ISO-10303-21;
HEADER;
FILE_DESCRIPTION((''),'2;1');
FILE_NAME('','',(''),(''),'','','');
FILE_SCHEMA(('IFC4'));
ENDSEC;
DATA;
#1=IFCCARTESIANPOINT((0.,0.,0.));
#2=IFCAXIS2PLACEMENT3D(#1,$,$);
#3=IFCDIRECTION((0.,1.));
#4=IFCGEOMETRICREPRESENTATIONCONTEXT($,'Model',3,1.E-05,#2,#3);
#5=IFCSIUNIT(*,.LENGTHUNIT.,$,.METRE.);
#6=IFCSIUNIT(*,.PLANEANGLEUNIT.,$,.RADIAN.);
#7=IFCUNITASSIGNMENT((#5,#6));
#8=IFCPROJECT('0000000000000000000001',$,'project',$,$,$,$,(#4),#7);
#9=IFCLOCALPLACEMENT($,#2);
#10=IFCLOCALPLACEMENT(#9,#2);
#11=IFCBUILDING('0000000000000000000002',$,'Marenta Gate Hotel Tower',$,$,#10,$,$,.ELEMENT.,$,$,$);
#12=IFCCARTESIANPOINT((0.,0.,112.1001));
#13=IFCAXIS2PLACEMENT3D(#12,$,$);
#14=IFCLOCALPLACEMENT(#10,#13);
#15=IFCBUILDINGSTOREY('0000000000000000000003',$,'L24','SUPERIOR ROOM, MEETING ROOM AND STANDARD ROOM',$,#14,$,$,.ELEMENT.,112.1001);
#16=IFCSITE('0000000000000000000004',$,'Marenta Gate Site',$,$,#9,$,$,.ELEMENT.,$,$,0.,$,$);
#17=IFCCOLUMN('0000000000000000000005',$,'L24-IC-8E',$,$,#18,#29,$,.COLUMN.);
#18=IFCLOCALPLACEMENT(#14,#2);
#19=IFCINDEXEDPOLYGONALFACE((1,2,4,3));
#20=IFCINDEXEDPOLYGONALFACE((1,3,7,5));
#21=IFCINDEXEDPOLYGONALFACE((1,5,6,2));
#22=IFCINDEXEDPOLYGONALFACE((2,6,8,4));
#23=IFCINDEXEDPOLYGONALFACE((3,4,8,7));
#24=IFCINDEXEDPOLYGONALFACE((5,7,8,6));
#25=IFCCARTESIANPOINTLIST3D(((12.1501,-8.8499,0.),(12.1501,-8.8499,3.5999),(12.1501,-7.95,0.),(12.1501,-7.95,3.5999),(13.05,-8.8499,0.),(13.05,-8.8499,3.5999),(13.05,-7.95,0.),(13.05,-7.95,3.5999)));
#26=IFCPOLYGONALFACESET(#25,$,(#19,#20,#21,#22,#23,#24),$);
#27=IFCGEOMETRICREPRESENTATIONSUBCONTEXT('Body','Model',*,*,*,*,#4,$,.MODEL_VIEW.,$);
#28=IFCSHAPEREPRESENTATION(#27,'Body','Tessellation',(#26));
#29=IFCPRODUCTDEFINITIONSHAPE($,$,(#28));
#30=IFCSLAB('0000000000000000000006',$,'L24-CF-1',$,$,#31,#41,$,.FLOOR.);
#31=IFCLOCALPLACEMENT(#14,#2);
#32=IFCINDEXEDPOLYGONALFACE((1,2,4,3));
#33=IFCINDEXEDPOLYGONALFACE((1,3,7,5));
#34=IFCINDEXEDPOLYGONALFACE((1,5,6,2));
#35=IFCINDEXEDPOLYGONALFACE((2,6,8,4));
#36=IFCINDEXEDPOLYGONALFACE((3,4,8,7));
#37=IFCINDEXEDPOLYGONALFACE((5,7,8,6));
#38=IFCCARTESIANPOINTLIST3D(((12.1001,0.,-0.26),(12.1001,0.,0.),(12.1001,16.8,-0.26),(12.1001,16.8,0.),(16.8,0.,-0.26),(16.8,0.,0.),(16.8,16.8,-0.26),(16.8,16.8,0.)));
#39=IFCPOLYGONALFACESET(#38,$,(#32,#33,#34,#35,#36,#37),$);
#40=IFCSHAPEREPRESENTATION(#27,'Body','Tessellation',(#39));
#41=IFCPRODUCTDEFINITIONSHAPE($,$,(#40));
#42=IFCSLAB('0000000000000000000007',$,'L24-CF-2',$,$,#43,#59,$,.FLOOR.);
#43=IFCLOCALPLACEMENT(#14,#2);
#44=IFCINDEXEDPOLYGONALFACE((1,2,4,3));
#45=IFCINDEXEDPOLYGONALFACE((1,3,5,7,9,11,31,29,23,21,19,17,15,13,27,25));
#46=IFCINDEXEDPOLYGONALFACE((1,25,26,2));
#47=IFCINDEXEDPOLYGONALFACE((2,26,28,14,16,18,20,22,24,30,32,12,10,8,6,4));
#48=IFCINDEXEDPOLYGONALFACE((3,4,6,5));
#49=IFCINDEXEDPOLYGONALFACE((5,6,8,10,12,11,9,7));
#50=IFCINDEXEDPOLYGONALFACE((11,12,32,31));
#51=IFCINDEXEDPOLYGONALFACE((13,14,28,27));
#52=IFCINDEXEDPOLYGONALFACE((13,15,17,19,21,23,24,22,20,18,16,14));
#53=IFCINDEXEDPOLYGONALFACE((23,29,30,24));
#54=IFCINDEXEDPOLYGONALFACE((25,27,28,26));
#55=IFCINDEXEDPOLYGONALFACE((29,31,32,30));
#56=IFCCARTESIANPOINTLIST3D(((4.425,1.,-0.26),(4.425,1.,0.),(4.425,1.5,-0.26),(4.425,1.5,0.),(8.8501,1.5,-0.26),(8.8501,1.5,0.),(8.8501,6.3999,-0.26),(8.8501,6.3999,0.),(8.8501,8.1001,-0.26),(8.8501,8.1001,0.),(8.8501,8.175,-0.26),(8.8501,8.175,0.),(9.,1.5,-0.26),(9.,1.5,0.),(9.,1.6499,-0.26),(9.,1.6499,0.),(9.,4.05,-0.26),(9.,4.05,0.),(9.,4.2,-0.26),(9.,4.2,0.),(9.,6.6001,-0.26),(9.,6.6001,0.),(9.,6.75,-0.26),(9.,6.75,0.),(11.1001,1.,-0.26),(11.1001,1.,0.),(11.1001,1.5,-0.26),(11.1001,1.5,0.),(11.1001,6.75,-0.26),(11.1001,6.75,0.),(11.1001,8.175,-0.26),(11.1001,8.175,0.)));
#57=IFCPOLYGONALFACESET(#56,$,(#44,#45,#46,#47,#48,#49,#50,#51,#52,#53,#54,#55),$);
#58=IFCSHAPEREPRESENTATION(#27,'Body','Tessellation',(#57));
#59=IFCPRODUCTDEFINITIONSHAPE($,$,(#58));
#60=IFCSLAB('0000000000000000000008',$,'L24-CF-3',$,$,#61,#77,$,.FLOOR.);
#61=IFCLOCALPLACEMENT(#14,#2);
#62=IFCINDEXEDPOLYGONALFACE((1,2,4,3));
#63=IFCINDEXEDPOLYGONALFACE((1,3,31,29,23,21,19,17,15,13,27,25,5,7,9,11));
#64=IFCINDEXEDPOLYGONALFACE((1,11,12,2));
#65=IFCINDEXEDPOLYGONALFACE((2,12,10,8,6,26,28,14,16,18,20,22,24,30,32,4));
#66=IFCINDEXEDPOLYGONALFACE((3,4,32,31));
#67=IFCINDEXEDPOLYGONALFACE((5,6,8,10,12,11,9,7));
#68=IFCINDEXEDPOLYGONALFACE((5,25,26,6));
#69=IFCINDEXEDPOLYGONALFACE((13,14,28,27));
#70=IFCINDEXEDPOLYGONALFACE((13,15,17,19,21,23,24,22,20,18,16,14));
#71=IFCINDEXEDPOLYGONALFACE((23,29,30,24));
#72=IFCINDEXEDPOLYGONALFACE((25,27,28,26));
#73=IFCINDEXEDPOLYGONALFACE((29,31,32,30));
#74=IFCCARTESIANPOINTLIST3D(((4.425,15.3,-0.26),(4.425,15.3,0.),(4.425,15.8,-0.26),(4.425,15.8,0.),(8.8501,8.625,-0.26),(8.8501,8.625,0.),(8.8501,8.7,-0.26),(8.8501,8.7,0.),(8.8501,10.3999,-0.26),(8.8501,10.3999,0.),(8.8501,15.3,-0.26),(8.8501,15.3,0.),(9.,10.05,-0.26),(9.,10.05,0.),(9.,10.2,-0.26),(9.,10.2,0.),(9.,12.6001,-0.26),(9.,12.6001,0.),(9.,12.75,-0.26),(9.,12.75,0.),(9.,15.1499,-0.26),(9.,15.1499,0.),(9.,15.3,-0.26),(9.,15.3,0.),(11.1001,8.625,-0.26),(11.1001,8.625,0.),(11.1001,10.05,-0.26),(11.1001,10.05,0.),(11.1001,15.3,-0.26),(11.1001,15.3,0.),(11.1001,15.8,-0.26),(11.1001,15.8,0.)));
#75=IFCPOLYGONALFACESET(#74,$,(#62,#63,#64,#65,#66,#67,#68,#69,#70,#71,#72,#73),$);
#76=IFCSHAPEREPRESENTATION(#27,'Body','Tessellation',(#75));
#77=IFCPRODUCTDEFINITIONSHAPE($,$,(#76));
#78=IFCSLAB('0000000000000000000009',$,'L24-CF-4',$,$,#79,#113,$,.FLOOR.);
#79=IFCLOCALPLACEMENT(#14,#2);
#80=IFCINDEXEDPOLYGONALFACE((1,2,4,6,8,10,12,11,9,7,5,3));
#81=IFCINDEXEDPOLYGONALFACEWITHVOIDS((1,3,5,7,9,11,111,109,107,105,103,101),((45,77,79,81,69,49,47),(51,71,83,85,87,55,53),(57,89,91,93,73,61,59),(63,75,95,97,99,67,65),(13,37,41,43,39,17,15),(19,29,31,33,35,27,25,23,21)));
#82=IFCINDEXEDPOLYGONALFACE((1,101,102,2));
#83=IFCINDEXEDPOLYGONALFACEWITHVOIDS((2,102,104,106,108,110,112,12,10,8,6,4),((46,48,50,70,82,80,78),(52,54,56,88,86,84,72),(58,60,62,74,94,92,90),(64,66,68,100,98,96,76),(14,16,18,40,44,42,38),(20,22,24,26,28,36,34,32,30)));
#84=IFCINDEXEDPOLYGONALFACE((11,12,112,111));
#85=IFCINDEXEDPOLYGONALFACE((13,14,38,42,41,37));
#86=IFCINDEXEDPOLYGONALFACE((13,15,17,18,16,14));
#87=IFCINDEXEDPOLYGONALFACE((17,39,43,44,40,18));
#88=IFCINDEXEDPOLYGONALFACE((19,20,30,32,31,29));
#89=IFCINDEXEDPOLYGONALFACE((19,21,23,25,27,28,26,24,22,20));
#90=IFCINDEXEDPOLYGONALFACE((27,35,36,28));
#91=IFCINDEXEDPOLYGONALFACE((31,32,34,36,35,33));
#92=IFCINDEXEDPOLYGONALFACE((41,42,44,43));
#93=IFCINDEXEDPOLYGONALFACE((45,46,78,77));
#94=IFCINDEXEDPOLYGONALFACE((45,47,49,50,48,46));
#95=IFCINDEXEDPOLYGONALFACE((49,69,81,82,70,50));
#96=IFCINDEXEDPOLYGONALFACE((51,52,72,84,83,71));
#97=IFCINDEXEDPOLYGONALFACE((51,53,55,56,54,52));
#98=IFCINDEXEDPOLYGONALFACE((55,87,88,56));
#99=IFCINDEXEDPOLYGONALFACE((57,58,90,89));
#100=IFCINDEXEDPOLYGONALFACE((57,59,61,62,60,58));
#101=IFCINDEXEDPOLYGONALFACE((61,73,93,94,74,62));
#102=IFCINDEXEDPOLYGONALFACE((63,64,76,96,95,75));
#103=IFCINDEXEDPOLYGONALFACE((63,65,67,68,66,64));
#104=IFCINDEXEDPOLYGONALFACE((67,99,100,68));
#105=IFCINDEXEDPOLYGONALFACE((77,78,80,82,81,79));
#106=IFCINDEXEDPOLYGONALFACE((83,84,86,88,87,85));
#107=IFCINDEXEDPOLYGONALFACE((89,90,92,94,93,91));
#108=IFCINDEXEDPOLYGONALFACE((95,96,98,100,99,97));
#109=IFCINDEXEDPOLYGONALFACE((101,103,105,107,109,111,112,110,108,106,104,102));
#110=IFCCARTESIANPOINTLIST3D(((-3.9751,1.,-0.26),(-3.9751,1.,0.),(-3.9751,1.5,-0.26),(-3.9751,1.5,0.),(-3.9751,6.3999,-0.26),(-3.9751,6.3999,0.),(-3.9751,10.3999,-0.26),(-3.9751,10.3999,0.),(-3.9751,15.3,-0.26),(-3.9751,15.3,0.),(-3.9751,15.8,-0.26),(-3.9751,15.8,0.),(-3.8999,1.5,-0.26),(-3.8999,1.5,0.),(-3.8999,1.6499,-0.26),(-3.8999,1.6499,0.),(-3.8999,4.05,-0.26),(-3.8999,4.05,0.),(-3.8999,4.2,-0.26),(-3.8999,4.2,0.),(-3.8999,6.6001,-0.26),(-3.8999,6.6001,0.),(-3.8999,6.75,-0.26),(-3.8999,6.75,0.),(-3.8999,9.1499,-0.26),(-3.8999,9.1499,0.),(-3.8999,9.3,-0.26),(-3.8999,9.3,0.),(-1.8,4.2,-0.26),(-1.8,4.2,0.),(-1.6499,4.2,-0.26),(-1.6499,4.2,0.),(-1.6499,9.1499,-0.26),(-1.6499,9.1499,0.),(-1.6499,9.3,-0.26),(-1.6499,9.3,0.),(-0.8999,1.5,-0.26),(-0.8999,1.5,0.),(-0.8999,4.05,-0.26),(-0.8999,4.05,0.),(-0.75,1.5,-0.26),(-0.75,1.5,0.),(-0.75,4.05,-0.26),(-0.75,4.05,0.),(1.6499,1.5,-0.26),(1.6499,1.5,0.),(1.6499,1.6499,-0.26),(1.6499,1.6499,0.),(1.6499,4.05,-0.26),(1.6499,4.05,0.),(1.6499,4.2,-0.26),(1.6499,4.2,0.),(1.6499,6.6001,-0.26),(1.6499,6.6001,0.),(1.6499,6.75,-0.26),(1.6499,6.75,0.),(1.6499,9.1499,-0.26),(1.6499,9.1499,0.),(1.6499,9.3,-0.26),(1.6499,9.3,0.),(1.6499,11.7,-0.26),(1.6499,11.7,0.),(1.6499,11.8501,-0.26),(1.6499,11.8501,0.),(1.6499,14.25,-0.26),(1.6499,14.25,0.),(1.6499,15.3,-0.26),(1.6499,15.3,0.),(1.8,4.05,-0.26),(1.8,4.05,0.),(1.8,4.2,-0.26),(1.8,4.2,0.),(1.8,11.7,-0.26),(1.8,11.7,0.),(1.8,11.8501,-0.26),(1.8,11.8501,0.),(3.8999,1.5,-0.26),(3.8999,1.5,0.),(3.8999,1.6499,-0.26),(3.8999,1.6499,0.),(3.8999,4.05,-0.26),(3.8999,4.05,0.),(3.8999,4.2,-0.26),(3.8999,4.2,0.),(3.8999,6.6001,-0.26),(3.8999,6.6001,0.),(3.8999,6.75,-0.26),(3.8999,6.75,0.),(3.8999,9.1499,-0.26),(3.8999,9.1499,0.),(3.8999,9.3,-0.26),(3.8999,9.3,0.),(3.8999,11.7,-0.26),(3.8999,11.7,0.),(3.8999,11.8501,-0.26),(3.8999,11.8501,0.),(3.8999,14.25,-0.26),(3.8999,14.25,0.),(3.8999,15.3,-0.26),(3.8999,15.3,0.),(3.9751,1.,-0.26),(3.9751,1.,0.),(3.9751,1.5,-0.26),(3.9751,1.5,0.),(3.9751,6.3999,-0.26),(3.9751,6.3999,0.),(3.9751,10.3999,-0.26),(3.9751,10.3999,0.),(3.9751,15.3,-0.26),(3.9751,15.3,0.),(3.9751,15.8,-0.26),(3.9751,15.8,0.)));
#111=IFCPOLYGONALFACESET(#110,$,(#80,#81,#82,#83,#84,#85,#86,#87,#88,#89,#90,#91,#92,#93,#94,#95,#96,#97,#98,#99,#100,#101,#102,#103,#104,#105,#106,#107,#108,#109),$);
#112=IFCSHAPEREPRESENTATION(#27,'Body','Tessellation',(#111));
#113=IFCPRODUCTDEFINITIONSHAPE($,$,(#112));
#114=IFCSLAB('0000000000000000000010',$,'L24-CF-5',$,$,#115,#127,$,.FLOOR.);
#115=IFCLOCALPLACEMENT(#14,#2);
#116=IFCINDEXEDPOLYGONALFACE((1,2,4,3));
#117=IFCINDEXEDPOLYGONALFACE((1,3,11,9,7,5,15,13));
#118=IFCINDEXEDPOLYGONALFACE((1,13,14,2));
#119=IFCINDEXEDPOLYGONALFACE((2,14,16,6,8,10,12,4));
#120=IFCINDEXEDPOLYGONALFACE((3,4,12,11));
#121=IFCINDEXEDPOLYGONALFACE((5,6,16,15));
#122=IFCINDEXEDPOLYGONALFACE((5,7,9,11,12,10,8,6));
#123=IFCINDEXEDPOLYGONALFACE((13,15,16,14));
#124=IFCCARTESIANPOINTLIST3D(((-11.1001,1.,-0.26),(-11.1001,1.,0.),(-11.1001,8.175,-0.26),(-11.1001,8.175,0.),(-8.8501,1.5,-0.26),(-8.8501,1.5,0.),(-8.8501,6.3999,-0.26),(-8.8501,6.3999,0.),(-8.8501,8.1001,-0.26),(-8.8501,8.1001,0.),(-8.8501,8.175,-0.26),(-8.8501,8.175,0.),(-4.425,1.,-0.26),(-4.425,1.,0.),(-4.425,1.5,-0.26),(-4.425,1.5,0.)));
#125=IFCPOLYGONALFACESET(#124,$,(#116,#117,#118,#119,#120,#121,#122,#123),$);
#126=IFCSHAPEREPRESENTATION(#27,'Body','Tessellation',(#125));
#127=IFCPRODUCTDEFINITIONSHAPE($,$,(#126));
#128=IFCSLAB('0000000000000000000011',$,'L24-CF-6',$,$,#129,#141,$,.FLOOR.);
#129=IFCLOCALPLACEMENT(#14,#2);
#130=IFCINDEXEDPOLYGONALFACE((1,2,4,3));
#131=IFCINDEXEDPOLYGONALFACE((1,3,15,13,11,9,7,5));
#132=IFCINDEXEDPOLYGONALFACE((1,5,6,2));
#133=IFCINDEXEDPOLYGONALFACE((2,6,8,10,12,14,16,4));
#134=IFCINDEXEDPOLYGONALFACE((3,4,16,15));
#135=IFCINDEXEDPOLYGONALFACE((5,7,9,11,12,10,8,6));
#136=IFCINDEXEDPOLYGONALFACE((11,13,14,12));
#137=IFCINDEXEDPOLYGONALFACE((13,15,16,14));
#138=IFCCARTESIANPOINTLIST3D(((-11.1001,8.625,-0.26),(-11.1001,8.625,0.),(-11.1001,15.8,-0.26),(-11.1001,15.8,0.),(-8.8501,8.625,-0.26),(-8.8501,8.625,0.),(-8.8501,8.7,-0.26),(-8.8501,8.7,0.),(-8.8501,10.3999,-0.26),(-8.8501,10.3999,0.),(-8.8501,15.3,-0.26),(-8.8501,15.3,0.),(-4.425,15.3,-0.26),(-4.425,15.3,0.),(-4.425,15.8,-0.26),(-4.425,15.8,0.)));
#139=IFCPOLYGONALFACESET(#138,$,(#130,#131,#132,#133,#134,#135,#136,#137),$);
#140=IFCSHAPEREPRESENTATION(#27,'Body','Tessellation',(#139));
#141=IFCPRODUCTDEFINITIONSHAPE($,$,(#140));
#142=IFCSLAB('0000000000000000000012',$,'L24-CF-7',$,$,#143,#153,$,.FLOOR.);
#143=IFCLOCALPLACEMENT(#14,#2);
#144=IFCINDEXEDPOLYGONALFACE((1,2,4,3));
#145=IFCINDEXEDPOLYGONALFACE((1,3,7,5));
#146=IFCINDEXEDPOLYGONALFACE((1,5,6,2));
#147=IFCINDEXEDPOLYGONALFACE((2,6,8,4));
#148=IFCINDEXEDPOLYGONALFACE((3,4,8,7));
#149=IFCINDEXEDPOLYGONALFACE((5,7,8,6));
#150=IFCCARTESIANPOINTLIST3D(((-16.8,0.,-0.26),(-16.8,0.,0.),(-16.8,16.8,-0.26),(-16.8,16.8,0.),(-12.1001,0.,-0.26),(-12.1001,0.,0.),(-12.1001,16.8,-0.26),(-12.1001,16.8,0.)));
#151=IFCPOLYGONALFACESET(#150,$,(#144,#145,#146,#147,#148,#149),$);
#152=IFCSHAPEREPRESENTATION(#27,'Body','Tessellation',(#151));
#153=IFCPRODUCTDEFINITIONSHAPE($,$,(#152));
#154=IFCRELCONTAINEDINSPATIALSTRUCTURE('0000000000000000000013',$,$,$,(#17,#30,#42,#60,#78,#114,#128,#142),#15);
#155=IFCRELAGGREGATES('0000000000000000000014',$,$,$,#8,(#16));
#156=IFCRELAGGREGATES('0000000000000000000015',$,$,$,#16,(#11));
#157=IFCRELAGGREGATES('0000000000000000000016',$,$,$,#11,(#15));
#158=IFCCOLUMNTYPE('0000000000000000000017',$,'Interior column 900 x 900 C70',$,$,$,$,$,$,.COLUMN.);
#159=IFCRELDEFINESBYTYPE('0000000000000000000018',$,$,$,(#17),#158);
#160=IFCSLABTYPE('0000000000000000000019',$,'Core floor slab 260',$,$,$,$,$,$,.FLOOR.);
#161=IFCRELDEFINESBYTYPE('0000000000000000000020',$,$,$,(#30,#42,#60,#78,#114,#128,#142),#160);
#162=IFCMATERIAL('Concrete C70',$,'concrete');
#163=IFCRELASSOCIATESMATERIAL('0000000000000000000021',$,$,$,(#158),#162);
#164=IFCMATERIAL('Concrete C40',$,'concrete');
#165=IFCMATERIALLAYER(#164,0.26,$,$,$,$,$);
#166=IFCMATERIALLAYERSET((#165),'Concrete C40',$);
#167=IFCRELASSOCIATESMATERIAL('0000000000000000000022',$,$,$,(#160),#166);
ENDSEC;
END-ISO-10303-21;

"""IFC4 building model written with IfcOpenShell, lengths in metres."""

from ifc_helpers import new_model, si_unit, direction, frame, origin, origin_2d, place, context, subcontext, project, spatial, polyline, rectangle, outline, extrude, material, layer, layer_set, material_profile, profile_set, type_object, element, save


model = new_model("IFC4")

# Units and contexts
model_context = context("Model", 3, precision=1e-05, world=origin(), true_north=direction((0.0, 1.0)))
body_context = subcontext(model_context, "Body", "Model", "MODEL_VIEW")
ifc_project = project(units=[si_unit("LENGTHUNIT", "METRE"), si_unit("PLANEANGLEUNIT", "RADIAN")], contexts=[model_context])

# Site, building, storey
site_placement = place(None, origin())
site = spatial("IfcSite", under=ifc_project, at=site_placement, Name="Marenta Gate Site", CompositionType="ELEMENT", RefElevation=0.0)
building_placement = place(site_placement, origin())
building = spatial("IfcBuilding", under=site, at=building_placement, Name="Marenta Gate Hotel Tower", CompositionType="ELEMENT")
storey_placement = place(building_placement, frame((0.0, 0.0, 112.1001)))
storey = spatial("IfcBuildingStorey", under=building, at=storey_placement, Name="L24", Description="SUPERIOR ROOM, MEETING ROOM AND STANDARD ROOM", CompositionType="ELEMENT", Elevation=112.1001)

# Column
ifc_material_1 = material(Name="Concrete C70", Category="concrete")
ifc_material_profile = material_profile(ifc_material_1, rectangle(XDim=0.8999, YDim=0.8999, at=origin_2d()), Name="900 x 900")
ifc_profile_set = profile_set([ifc_material_profile], Name="Concrete C70")
column_type = type_object("IfcColumnType", Name="Interior column 900 x 900 C70", PredefinedType="COLUMN", material=ifc_profile_set)
column_placement = place(storey_placement, frame((12.6001, -8.3999, 0.0), z_axis=(0.0, 0.0, 1.0), x_axis=(1.0, 0.0, 0.0)))
element("IfcColumn", 1, at=column_placement, inside=storey, type_object=column_type, Name="L24-IC-8E", PredefinedType="COLUMN", context=body_context, shape_type="SweptSolid", body=[
    extrude(rectangle(XDim=0.8999, YDim=0.8999, at=origin_2d()), origin(), (0.0, 0.0, 1.0), 3.5999),
])

# Slabs
ifc_material_2 = material(Name="Concrete C40", Category="concrete")
ifc_layer_1 = layer(ifc_material_2, 0.26)
ifc_layer_set_1 = layer_set([ifc_layer_1], Name="Concrete C40")
slab_type_1 = type_object("IfcSlabType", Name="Core floor slab 260", PredefinedType="FLOOR", material=ifc_layer_set_1)
slab_1_placement = place(storey_placement, frame((0.0, 0.0, -0.26)))
element("IfcSlab", 2, at=slab_1_placement, inside=storey, type_object=slab_type_1, Name="L24-CF-1", PredefinedType="FLOOR", context=body_context, shape_type="SweptSolid", body=[
    extrude(outline(polyline([(12.1001, 0.0), (12.1001, 16.8), (16.8, 16.8), (16.8, 0.0), (12.1001, 0.0)])), origin(), (0.0, 0.0, 1.0), 0.26),
])
slab_2_placement = place(storey_placement, frame((0.0, 0.0, -0.26)))
element("IfcSlab", 3, at=slab_2_placement, inside=storey, type_object=slab_type_1, Name="L24-CF-2", PredefinedType="FLOOR", context=body_context, shape_type="SweptSolid", body=[
    extrude(outline(polyline([(8.8501, 1.5), (8.8501, 6.3999), (8.8501, 8.1001), (8.8501, 8.175), (11.1001, 8.175), (11.1001, 6.75), (9.0, 6.75), (9.0, 6.6001), (9.0, 4.2), (9.0, 4.05), (9.0, 1.6499), (9.0, 1.5), (11.1001, 1.5), (11.1001, 1.0), (4.425, 1.0), (4.425, 1.5), (8.8501, 1.5)])), origin(), (0.0, 0.0, 1.0), 0.26),
])
slab_3_placement = place(storey_placement, frame((0.0, 0.0, -0.26)))
element("IfcSlab", 4, at=slab_3_placement, inside=storey, type_object=slab_type_1, Name="L24-CF-3", PredefinedType="FLOOR", context=body_context, shape_type="SweptSolid", body=[
    extrude(outline(polyline([(8.8501, 15.3), (4.425, 15.3), (4.425, 15.8), (11.1001, 15.8), (11.1001, 15.3), (9.0, 15.3), (9.0, 15.1499), (9.0, 12.75), (9.0, 12.6001), (9.0, 10.2), (9.0, 10.05), (11.1001, 10.05), (11.1001, 8.625), (8.8501, 8.625), (8.8501, 8.7), (8.8501, 10.3999), (8.8501, 15.3)])), origin(), (0.0, 0.0, 1.0), 0.26),
])
slab_4_placement = place(storey_placement, frame((0.0, 0.0, -0.26)))
element("IfcSlab", 5, at=slab_4_placement, inside=storey, type_object=slab_type_1, Name="L24-CF-4", PredefinedType="FLOOR", context=body_context, shape_type="SweptSolid", body=[
    extrude(outline(polyline([(3.9751, 15.3), (3.9751, 10.3999), (3.9751, 6.3999), (3.9751, 1.5), (3.9751, 1.0), (-3.9751, 1.0), (-3.9751, 1.5), (-3.9751, 6.3999), (-3.9751, 10.3999), (-3.9751, 15.3), (-3.9751, 15.8), (3.9751, 15.8), (3.9751, 15.3)]), holes=[polyline([(1.6499, 1.5), (3.8999, 1.5), (3.8999, 1.6499), (3.8999, 4.05), (1.8, 4.05), (1.6499, 4.05), (1.6499, 1.6499), (1.6499, 1.5)]), polyline([(1.6499, 6.6001), (1.6499, 4.2), (1.8, 4.2), (3.8999, 4.2), (3.8999, 6.6001), (3.8999, 6.75), (1.6499, 6.75), (1.6499, 6.6001)]), polyline([(1.6499, 9.1499), (3.8999, 9.1499), (3.8999, 9.3), (3.8999, 11.7), (1.8, 11.7), (1.6499, 11.7), (1.6499, 9.3), (1.6499, 9.1499)]), polyline([(1.6499, 15.3), (1.6499, 14.25), (1.6499, 11.8501), (1.8, 11.8501), (3.8999, 11.8501), (3.8999, 14.25), (3.8999, 15.3), (1.6499, 15.3)]), polyline([(-3.8999, 4.05), (-3.8999, 1.6499), (-3.8999, 1.5), (-0.8999, 1.5), (-0.75, 1.5), (-0.75, 4.05), (-0.8999, 4.05), (-3.8999, 4.05)]), polyline([(-1.8, 4.2), (-1.6499, 4.2), (-1.6499, 9.1499), (-1.6499, 9.3), (-3.8999, 9.3), (-3.8999, 9.1499), (-3.8999, 6.75), (-3.8999, 6.6001), (-3.8999, 4.2), (-1.8, 4.2)])]), origin(), (0.0, 0.0, 1.0), 0.26),
])
slab_5_placement = place(storey_placement, frame((0.0, 0.0, -0.26)))
element("IfcSlab", 6, at=slab_5_placement, inside=storey, type_object=slab_type_1, Name="L24-CF-5", PredefinedType="FLOOR", context=body_context, shape_type="SweptSolid", body=[
    extrude(outline(polyline([(-8.8501, 8.175), (-8.8501, 8.1001), (-8.8501, 6.3999), (-8.8501, 1.5), (-4.425, 1.5), (-4.425, 1.0), (-11.1001, 1.0), (-11.1001, 8.175), (-8.8501, 8.175)])), origin(), (0.0, 0.0, 1.0), 0.26),
])
slab_6_placement = place(storey_placement, frame((0.0, 0.0, -0.26)))
element("IfcSlab", 7, at=slab_6_placement, inside=storey, type_object=slab_type_1, Name="L24-CF-6", PredefinedType="FLOOR", context=body_context, shape_type="SweptSolid", body=[
    extrude(outline(polyline([(-4.425, 15.3), (-8.8501, 15.3), (-8.8501, 10.3999), (-8.8501, 8.7), (-8.8501, 8.625), (-11.1001, 8.625), (-11.1001, 15.8), (-4.425, 15.8), (-4.425, 15.3)])), origin(), (0.0, 0.0, 1.0), 0.26),
])
slab_7_placement = place(storey_placement, frame((0.0, 0.0, -0.26)))
element("IfcSlab", 8, at=slab_7_placement, inside=storey, type_object=slab_type_1, Name="L24-CF-7", PredefinedType="FLOOR", context=body_context, shape_type="SweptSolid", body=[
    extrude(outline(polyline([(-12.1001, 16.8), (-12.1001, 0.0), (-16.8, 0.0), (-16.8, 16.8), (-12.1001, 16.8)])), origin(), (0.0, 0.0, 1.0), 0.26),
])

save(model, "model.ifc")
